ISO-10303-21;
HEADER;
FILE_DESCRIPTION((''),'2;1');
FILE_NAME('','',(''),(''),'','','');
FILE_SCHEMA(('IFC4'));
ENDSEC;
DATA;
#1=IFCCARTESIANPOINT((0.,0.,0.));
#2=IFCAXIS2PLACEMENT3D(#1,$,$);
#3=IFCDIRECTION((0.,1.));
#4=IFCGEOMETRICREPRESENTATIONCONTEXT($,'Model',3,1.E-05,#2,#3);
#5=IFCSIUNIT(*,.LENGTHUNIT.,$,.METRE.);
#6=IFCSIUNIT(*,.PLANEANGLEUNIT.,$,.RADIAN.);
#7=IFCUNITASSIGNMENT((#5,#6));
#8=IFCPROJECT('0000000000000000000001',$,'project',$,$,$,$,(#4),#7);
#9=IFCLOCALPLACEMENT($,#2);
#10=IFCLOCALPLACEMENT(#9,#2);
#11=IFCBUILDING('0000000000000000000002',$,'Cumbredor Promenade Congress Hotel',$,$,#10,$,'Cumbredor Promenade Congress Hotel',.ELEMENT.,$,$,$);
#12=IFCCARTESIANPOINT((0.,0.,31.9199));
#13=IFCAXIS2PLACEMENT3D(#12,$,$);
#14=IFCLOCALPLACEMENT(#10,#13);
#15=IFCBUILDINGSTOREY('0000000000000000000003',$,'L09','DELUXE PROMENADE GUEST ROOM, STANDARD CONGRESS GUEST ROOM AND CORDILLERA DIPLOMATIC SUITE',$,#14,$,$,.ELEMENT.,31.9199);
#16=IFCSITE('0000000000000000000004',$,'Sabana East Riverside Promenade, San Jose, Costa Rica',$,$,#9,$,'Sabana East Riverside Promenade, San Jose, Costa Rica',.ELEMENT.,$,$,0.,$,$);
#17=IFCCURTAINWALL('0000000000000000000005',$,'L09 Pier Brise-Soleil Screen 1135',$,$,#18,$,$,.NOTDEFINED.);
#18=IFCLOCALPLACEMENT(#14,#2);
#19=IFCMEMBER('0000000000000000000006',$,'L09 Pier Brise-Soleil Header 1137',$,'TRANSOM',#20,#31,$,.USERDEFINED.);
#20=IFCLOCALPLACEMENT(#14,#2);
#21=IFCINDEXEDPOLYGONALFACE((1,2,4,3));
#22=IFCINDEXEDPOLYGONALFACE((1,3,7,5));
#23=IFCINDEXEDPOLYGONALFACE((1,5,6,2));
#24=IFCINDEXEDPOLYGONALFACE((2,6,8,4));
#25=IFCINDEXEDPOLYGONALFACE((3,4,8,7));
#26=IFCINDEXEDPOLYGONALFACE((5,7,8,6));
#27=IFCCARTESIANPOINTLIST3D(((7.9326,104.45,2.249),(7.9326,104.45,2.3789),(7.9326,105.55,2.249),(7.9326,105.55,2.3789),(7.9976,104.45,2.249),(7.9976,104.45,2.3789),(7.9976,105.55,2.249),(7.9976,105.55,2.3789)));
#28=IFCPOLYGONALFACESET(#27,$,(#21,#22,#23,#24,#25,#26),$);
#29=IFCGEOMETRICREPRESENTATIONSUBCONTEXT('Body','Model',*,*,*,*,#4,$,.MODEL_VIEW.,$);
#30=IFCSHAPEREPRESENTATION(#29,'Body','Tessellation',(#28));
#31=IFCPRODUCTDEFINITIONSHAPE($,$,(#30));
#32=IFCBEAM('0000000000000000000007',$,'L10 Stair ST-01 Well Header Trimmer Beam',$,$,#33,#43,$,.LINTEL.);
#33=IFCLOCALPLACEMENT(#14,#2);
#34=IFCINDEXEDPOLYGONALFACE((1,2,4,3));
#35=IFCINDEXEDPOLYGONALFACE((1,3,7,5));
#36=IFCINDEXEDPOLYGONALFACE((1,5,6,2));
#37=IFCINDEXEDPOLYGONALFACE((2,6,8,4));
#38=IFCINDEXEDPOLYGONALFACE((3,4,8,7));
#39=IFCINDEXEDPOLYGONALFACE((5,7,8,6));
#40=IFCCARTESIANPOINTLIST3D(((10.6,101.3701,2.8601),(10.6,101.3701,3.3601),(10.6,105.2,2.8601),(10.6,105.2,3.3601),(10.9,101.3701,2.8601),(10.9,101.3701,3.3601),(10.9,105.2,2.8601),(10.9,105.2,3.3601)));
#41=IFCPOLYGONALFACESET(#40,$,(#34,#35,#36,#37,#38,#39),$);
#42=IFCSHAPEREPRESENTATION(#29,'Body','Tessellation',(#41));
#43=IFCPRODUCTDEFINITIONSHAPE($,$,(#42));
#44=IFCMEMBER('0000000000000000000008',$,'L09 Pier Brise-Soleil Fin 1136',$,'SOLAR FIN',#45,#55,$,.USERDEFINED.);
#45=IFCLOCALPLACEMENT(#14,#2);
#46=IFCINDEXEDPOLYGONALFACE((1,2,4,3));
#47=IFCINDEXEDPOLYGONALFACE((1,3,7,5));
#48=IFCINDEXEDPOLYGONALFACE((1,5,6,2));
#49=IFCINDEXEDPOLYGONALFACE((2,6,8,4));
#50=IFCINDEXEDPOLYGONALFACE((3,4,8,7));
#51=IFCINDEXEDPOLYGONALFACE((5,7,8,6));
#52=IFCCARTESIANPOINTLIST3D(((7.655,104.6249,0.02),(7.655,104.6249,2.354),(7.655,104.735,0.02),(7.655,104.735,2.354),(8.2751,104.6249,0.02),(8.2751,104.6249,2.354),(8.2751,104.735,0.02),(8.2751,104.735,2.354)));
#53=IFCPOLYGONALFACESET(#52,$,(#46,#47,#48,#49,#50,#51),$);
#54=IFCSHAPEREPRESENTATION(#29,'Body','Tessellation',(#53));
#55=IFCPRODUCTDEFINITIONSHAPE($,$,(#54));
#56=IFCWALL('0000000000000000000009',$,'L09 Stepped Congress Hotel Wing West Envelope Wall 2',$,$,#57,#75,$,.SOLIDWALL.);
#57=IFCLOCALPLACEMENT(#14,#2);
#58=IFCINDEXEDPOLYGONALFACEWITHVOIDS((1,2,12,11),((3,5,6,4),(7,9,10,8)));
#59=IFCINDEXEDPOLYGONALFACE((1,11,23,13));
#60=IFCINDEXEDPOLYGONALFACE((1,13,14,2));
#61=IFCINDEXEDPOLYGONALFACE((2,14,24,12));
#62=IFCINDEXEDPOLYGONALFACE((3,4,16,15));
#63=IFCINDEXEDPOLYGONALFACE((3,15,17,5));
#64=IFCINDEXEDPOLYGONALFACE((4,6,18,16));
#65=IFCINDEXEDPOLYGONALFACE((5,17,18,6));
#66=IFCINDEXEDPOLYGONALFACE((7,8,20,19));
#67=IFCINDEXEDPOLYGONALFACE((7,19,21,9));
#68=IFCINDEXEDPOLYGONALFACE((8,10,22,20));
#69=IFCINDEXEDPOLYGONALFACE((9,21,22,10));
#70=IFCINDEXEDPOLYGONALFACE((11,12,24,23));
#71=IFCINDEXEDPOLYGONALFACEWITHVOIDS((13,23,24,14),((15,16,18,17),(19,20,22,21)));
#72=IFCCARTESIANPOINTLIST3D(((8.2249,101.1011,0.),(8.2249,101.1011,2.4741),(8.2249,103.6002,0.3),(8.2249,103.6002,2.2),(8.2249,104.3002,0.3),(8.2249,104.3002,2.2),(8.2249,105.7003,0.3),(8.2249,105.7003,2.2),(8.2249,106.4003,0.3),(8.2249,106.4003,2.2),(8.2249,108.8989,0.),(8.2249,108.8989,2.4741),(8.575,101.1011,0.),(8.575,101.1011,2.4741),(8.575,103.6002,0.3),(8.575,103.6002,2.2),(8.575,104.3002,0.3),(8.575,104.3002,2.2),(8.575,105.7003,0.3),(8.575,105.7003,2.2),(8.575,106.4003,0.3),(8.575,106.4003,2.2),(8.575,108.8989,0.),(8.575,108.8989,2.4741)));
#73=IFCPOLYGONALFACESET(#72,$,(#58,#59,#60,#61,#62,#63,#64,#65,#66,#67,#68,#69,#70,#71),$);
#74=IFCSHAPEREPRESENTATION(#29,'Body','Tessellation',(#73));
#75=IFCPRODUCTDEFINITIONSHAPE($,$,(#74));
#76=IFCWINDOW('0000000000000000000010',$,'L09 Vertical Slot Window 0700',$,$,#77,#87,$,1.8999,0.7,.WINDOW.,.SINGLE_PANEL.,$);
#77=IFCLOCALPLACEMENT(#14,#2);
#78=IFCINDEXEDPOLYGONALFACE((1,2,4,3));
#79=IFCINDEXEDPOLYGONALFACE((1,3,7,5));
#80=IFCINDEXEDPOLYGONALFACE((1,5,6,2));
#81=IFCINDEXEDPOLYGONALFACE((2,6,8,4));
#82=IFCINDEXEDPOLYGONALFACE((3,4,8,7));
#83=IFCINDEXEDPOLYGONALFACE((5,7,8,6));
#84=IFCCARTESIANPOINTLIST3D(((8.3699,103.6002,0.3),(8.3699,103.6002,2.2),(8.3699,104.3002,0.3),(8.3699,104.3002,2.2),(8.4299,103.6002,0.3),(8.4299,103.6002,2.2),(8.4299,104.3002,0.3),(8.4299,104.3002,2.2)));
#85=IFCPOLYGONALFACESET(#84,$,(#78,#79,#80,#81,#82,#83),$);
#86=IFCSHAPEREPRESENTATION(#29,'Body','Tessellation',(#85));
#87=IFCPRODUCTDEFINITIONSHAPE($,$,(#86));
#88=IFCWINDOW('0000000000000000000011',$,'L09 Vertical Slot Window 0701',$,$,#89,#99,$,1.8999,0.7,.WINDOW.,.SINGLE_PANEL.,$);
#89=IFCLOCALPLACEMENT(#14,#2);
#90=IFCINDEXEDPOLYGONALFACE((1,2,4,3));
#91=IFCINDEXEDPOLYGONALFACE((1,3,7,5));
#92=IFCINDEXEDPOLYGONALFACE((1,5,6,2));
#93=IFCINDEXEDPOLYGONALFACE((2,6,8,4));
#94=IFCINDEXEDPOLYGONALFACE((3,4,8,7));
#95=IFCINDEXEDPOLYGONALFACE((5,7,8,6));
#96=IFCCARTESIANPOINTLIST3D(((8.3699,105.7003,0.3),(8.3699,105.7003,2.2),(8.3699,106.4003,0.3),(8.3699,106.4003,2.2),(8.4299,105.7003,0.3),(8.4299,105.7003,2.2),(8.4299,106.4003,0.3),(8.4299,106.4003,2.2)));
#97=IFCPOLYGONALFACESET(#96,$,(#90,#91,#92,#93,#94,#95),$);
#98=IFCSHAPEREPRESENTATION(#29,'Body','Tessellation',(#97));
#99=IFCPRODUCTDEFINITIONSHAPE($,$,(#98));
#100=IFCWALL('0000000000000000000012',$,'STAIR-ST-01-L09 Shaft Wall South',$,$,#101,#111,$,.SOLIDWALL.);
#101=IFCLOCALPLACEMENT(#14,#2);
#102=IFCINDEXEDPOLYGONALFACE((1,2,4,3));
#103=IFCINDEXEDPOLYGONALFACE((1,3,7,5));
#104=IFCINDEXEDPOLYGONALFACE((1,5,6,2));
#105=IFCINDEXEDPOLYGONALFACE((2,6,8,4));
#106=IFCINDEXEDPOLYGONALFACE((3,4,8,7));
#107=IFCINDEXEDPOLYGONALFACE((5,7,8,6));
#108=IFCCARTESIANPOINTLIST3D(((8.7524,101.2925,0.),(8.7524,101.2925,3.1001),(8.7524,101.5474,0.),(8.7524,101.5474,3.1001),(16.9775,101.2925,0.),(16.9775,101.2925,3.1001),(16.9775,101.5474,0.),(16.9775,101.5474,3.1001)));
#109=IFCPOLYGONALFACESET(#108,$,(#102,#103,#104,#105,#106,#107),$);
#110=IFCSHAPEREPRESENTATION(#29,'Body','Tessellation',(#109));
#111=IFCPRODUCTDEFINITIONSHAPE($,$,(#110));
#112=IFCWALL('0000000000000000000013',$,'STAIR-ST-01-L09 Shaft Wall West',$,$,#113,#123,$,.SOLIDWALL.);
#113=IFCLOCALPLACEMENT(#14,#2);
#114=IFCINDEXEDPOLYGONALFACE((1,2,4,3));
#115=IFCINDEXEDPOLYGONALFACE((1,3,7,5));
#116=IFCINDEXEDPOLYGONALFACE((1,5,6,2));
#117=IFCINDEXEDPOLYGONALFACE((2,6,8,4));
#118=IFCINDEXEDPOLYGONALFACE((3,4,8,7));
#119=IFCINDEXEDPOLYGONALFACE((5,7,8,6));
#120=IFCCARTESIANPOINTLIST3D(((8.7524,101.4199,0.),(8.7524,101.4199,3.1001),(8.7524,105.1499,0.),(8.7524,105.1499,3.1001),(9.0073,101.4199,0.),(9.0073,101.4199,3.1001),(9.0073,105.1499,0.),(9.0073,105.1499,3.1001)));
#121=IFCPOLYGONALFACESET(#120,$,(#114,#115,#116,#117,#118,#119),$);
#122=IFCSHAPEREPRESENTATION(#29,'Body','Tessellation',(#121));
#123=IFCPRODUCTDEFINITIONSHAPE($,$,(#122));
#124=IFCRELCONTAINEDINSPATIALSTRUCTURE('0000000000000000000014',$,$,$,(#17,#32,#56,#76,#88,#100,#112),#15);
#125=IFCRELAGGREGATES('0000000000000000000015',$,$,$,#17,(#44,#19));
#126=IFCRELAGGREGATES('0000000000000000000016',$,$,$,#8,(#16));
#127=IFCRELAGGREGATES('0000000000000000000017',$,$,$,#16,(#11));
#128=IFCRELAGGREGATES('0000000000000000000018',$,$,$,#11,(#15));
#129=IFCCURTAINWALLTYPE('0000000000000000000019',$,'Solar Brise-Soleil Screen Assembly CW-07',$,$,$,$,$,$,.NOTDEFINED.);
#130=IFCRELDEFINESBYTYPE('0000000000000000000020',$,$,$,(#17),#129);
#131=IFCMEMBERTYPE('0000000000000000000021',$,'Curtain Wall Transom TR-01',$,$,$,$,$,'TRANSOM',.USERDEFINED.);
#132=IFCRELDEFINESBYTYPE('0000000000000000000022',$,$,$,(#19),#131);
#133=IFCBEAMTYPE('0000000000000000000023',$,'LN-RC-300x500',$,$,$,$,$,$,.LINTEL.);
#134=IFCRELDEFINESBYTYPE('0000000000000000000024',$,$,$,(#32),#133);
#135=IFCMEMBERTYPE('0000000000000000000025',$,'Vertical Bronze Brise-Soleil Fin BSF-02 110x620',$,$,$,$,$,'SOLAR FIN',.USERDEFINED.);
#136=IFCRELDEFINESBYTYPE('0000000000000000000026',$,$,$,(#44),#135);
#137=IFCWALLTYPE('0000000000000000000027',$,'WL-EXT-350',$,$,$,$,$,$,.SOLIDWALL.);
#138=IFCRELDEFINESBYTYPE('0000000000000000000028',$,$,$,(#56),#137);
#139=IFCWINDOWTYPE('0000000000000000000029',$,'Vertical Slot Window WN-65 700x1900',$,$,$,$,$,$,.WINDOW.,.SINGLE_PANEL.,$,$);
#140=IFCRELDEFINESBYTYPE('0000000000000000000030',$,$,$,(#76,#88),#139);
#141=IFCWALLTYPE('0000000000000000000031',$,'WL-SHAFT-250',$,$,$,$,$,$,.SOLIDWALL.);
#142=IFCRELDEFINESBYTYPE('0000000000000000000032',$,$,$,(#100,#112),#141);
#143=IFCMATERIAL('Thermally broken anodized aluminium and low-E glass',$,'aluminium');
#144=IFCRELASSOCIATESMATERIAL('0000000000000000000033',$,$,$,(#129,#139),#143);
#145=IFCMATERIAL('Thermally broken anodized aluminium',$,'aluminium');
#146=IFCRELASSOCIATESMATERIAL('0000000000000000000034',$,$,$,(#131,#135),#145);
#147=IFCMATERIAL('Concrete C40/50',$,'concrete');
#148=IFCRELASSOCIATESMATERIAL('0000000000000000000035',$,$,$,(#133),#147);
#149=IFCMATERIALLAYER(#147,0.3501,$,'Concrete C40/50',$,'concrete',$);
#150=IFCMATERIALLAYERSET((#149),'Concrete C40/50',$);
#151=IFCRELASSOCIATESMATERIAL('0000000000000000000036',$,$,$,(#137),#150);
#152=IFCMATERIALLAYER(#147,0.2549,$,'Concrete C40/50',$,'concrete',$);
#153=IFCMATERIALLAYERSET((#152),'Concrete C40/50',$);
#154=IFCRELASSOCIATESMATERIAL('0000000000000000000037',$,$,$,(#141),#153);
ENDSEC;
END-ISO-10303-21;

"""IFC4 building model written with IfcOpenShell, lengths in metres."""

from ifc_helpers import new_model, si_unit, direction, frame, frame_2d, origin, origin_2d, place, context, subcontext, project, spatial, rectangle, extrude, material, layer, layer_set, material_profile, profile_set, type_object, element, fill, aggregate, save


model = new_model("IFC4")

# Units and contexts
model_context = context("Model", 3, precision=1e-05, world=origin(), true_north=direction((0.0, 1.0)))
body_context = subcontext(model_context, "Body", "Model", "MODEL_VIEW")
ifc_project = project(units=[si_unit("LENGTHUNIT", "METRE"), si_unit("PLANEANGLEUNIT", "RADIAN")], contexts=[model_context])

# Site, building, storey
site_placement = place(None, origin())
site = spatial("IfcSite", under=ifc_project, at=site_placement, Name="Sabana East Riverside Promenade, San Jose, Costa Rica", LongName="Sabana East Riverside Promenade, San Jose, Costa Rica", CompositionType="ELEMENT", RefElevation=0.0)
building_placement = place(site_placement, origin())
building = spatial("IfcBuilding", under=site, at=building_placement, Name="Cumbredor Promenade Congress Hotel", LongName="Cumbredor Promenade Congress Hotel", CompositionType="ELEMENT")
storey_placement = place(building_placement, frame((0.0, 0.0, 31.9199)))
storey = spatial("IfcBuildingStorey", under=building, at=storey_placement, Name="L09", Description="DELUXE PROMENADE GUEST ROOM, STANDARD CONGRESS GUEST ROOM AND CORDILLERA DIPLOMATIC SUITE", CompositionType="ELEMENT", Elevation=31.9199)

# Curtain wall, member
ifc_material_1 = material(Name="Thermally broken anodized aluminium and low-E glass", Category="aluminium")
curtain_wall_type = type_object("IfcCurtainWallType", Name="Solar Brise-Soleil Screen Assembly CW-07", PredefinedType="NOTDEFINED", material=ifc_material_1)
curtain_wall_placement = place(storey_placement, origin())
curtain_wall = element("IfcCurtainWall", 1, at=curtain_wall_placement, inside=storey, type_object=curtain_wall_type, Name="L09 Pier Brise-Soleil Screen 1135", PredefinedType="NOTDEFINED")
ifc_material_2 = material(Name="Thermally broken anodized aluminium", Category="aluminium")
ifc_material_profile_1 = material_profile(ifc_material_2, rectangle(XDim=0.0649, YDim=0.1299, at=origin_2d()), Name="ALU TRANSOM 65x130")
ifc_profile_set_1 = profile_set([ifc_material_profile_1], Name="Thermally broken anodized aluminium")
member_type_1 = type_object("IfcMemberType", Name="Curtain Wall Transom TR-01", ElementType="TRANSOM", PredefinedType="USERDEFINED", material=ifc_profile_set_1)
member_1_placement = place(storey_placement, frame((7.9651, 104.45, 2.314), z_axis=(0.0, 1.0, 0.0), x_axis=(-1.0, 0.0, 0.0)))
member_1 = element("IfcMember", 2, at=member_1_placement, type_object=member_type_1, Name="L09 Pier Brise-Soleil Header 1137", ObjectType="TRANSOM", PredefinedType="USERDEFINED", context=body_context, shape_type="SweptSolid", body=[
    extrude(rectangle(XDim=0.0649, YDim=0.1299, at=origin_2d()), origin(), (0.0, 0.0, 1.0), 1.1001),
])

# Beam
ifc_material_3 = material(Name="Concrete C40/50", Category="concrete")
ifc_material_profile_2 = material_profile(ifc_material_3, rectangle(XDim=0.3, YDim=0.5, at=origin_2d()), Name="RC LINTEL 300x500")
ifc_profile_set_2 = profile_set([ifc_material_profile_2], Name="Concrete C40/50")
beam_type = type_object("IfcBeamType", Name="LN-RC-300x500", PredefinedType="LINTEL", material=ifc_profile_set_2)
beam_placement = place(storey_placement, frame((10.75, 101.3701, 3.1101), z_axis=(0.0, 1.0, 0.0), x_axis=(-1.0, 0.0, 0.0)))
element("IfcBeam", 3, at=beam_placement, inside=storey, type_object=beam_type, Name="L10 Stair ST-01 Well Header Trimmer Beam", PredefinedType="LINTEL", context=body_context, shape_type="SweptSolid", body=[
    extrude(rectangle(XDim=0.3, YDim=0.5, at=origin_2d()), origin(), (0.0, 0.0, 1.0), 3.8298),
])

# Member
ifc_material_profile_3 = material_profile(ifc_material_2, rectangle(XDim=0.1101, YDim=0.6201, at=origin_2d()), Name="ARCH FIN 110x620")
ifc_profile_set_3 = profile_set([ifc_material_profile_3], Name="Thermally broken anodized aluminium")
member_type_2 = type_object("IfcMemberType", Name="Vertical Bronze Brise-Soleil Fin BSF-02 110x620", ElementType="SOLAR FIN", PredefinedType="USERDEFINED", material=ifc_profile_set_3)
member_2_placement = place(storey_placement, frame((7.9651, 104.6799, 0.02), z_axis=(0.0, 0.0, 1.0), x_axis=(0.0, 1.0, 0.0)))
member_2 = element("IfcMember", 4, at=member_2_placement, type_object=member_type_2, Name="L09 Pier Brise-Soleil Fin 1136", ObjectType="SOLAR FIN", PredefinedType="USERDEFINED", context=body_context, shape_type="SweptSolid", body=[
    extrude(rectangle(XDim=0.1101, YDim=0.6201, at=origin_2d()), origin(), (0.0, 0.0, 1.0), 2.334),
])
aggregate(curtain_wall, [member_2, member_1])

# Wall, openings, windows
ifc_layer_1 = layer(ifc_material_3, 0.3501, Name="Concrete C40/50", Category="concrete")
ifc_layer_set_1 = layer_set([ifc_layer_1], Name="Concrete C40/50")
wall_type_1 = type_object("IfcWallType", Name="WL-EXT-350", PredefinedType="SOLIDWALL", material=ifc_layer_set_1)
wall_1_placement = place(storey_placement, frame((8.3999, 101.1011, 0.0), z_axis=(0.0, 0.0, 1.0), x_axis=(0.0, 1.0, 0.0)))
wall_1 = element("IfcWall", 5, at=wall_1_placement, inside=storey, type_object=wall_type_1, Name="L09 Stepped Congress Hotel Wing West Envelope Wall 2", PredefinedType="SOLIDWALL", context=body_context, shape_type="SweptSolid", body=[
    extrude(rectangle(XDim=7.7979, YDim=0.3501, at=frame_2d((3.8989, 0.0))), origin(), (0.0, 0.0, 1.0), 2.4741),
])
opening_1_placement = place(wall_1_placement, frame((2.499, 0.0, 0.3)))
opening_1 = element("IfcOpeningElement", 6, at=opening_1_placement, cuts=wall_1, PredefinedType="OPENING", context=body_context, shape_type="SweptSolid", body=[
    extrude(rectangle(XDim=0.7, YDim=1.8999, at=frame_2d((0.3501, 0.95))), frame((0.0, 0.1851, 0.0), z_axis=(0.0, -1.0, 0.0), x_axis=(1.0, 0.0, 0.0)), (0.0, 0.0, 1.0), 0.3701),
])
opening_2_placement = place(wall_1_placement, frame((4.5991, 0.0, 0.3)))
opening_2 = element("IfcOpeningElement", 7, at=opening_2_placement, cuts=wall_1, PredefinedType="OPENING", context=body_context, shape_type="SweptSolid", body=[
    extrude(rectangle(XDim=0.7, YDim=1.8999, at=frame_2d((0.3501, 0.95))), frame((0.0, 0.1851, 0.0), z_axis=(0.0, -1.0, 0.0), x_axis=(1.0, 0.0, 0.0)), (0.0, 0.0, 1.0), 0.3701),
])
window_type = type_object("IfcWindowType", Name="Vertical Slot Window WN-65 700x1900", PartitioningType="SINGLE_PANEL", PredefinedType="WINDOW", material=ifc_material_1)
window_1_placement = place(opening_1_placement, origin())
window_1 = element("IfcWindow", 8, at=window_1_placement, inside=storey, type_object=window_type, Name="L09 Vertical Slot Window 0700", OverallHeight=1.8999, OverallWidth=0.7, PartitioningType="SINGLE_PANEL", PredefinedType="WINDOW", context=body_context, shape_type="SweptSolid", body=[
    extrude(rectangle(XDim=0.7, YDim=1.8999, at=frame_2d((0.3501, 0.95))), frame((0.0, 0.03, 0.0), z_axis=(0.0, -1.0, 0.0), x_axis=(1.0, 0.0, 0.0)), (0.0, 0.0, 1.0), 0.0601),
])
fill(opening_1, window_1)
window_2_placement = place(opening_2_placement, origin())
window_2 = element("IfcWindow", 9, at=window_2_placement, inside=storey, type_object=window_type, Name="L09 Vertical Slot Window 0701", OverallHeight=1.8999, OverallWidth=0.7, PartitioningType="SINGLE_PANEL", PredefinedType="WINDOW", context=body_context, shape_type="SweptSolid", body=[
    extrude(rectangle(XDim=0.7, YDim=1.8999, at=frame_2d((0.3501, 0.95))), frame((0.0, 0.03, 0.0), z_axis=(0.0, -1.0, 0.0), x_axis=(1.0, 0.0, 0.0)), (0.0, 0.0, 1.0), 0.0601),
])
fill(opening_2, window_2)

# Wall
ifc_layer_2 = layer(ifc_material_3, 0.2549, Name="Concrete C40/50", Category="concrete")
ifc_layer_set_2 = layer_set([ifc_layer_2], Name="Concrete C40/50")
wall_type_2 = type_object("IfcWallType", Name="WL-SHAFT-250", PredefinedType="SOLIDWALL", material=ifc_layer_set_2)
wall_2_placement = place(storey_placement, frame((8.7524, 101.4199, 0.0), z_axis=(0.0, 0.0, 1.0), x_axis=(1.0, 0.0, 0.0)))
element("IfcWall", 10, at=wall_2_placement, inside=storey, type_object=wall_type_2, Name="STAIR-ST-01-L09 Shaft Wall South", PredefinedType="SOLIDWALL", context=body_context, shape_type="SweptSolid", body=[
    extrude(rectangle(XDim=8.2251, YDim=0.2549, at=frame_2d((4.1125, 0.0))), origin(), (0.0, 0.0, 1.0), 3.1001),
])

# Wall
wall_3_placement = place(storey_placement, frame((8.8799, 101.4199, 0.0), z_axis=(0.0, 0.0, 1.0), x_axis=(0.0, 1.0, 0.0)))
element("IfcWall", 11, at=wall_3_placement, inside=storey, type_object=wall_type_2, Name="STAIR-ST-01-L09 Shaft Wall West", PredefinedType="SOLIDWALL", context=body_context, shape_type="SweptSolid", body=[
    extrude(rectangle(XDim=3.73, YDim=0.2549, at=frame_2d((1.865, 0.0))), origin(), (0.0, 0.0, 1.0), 3.1001),
])

save(model, "model.ifc")
